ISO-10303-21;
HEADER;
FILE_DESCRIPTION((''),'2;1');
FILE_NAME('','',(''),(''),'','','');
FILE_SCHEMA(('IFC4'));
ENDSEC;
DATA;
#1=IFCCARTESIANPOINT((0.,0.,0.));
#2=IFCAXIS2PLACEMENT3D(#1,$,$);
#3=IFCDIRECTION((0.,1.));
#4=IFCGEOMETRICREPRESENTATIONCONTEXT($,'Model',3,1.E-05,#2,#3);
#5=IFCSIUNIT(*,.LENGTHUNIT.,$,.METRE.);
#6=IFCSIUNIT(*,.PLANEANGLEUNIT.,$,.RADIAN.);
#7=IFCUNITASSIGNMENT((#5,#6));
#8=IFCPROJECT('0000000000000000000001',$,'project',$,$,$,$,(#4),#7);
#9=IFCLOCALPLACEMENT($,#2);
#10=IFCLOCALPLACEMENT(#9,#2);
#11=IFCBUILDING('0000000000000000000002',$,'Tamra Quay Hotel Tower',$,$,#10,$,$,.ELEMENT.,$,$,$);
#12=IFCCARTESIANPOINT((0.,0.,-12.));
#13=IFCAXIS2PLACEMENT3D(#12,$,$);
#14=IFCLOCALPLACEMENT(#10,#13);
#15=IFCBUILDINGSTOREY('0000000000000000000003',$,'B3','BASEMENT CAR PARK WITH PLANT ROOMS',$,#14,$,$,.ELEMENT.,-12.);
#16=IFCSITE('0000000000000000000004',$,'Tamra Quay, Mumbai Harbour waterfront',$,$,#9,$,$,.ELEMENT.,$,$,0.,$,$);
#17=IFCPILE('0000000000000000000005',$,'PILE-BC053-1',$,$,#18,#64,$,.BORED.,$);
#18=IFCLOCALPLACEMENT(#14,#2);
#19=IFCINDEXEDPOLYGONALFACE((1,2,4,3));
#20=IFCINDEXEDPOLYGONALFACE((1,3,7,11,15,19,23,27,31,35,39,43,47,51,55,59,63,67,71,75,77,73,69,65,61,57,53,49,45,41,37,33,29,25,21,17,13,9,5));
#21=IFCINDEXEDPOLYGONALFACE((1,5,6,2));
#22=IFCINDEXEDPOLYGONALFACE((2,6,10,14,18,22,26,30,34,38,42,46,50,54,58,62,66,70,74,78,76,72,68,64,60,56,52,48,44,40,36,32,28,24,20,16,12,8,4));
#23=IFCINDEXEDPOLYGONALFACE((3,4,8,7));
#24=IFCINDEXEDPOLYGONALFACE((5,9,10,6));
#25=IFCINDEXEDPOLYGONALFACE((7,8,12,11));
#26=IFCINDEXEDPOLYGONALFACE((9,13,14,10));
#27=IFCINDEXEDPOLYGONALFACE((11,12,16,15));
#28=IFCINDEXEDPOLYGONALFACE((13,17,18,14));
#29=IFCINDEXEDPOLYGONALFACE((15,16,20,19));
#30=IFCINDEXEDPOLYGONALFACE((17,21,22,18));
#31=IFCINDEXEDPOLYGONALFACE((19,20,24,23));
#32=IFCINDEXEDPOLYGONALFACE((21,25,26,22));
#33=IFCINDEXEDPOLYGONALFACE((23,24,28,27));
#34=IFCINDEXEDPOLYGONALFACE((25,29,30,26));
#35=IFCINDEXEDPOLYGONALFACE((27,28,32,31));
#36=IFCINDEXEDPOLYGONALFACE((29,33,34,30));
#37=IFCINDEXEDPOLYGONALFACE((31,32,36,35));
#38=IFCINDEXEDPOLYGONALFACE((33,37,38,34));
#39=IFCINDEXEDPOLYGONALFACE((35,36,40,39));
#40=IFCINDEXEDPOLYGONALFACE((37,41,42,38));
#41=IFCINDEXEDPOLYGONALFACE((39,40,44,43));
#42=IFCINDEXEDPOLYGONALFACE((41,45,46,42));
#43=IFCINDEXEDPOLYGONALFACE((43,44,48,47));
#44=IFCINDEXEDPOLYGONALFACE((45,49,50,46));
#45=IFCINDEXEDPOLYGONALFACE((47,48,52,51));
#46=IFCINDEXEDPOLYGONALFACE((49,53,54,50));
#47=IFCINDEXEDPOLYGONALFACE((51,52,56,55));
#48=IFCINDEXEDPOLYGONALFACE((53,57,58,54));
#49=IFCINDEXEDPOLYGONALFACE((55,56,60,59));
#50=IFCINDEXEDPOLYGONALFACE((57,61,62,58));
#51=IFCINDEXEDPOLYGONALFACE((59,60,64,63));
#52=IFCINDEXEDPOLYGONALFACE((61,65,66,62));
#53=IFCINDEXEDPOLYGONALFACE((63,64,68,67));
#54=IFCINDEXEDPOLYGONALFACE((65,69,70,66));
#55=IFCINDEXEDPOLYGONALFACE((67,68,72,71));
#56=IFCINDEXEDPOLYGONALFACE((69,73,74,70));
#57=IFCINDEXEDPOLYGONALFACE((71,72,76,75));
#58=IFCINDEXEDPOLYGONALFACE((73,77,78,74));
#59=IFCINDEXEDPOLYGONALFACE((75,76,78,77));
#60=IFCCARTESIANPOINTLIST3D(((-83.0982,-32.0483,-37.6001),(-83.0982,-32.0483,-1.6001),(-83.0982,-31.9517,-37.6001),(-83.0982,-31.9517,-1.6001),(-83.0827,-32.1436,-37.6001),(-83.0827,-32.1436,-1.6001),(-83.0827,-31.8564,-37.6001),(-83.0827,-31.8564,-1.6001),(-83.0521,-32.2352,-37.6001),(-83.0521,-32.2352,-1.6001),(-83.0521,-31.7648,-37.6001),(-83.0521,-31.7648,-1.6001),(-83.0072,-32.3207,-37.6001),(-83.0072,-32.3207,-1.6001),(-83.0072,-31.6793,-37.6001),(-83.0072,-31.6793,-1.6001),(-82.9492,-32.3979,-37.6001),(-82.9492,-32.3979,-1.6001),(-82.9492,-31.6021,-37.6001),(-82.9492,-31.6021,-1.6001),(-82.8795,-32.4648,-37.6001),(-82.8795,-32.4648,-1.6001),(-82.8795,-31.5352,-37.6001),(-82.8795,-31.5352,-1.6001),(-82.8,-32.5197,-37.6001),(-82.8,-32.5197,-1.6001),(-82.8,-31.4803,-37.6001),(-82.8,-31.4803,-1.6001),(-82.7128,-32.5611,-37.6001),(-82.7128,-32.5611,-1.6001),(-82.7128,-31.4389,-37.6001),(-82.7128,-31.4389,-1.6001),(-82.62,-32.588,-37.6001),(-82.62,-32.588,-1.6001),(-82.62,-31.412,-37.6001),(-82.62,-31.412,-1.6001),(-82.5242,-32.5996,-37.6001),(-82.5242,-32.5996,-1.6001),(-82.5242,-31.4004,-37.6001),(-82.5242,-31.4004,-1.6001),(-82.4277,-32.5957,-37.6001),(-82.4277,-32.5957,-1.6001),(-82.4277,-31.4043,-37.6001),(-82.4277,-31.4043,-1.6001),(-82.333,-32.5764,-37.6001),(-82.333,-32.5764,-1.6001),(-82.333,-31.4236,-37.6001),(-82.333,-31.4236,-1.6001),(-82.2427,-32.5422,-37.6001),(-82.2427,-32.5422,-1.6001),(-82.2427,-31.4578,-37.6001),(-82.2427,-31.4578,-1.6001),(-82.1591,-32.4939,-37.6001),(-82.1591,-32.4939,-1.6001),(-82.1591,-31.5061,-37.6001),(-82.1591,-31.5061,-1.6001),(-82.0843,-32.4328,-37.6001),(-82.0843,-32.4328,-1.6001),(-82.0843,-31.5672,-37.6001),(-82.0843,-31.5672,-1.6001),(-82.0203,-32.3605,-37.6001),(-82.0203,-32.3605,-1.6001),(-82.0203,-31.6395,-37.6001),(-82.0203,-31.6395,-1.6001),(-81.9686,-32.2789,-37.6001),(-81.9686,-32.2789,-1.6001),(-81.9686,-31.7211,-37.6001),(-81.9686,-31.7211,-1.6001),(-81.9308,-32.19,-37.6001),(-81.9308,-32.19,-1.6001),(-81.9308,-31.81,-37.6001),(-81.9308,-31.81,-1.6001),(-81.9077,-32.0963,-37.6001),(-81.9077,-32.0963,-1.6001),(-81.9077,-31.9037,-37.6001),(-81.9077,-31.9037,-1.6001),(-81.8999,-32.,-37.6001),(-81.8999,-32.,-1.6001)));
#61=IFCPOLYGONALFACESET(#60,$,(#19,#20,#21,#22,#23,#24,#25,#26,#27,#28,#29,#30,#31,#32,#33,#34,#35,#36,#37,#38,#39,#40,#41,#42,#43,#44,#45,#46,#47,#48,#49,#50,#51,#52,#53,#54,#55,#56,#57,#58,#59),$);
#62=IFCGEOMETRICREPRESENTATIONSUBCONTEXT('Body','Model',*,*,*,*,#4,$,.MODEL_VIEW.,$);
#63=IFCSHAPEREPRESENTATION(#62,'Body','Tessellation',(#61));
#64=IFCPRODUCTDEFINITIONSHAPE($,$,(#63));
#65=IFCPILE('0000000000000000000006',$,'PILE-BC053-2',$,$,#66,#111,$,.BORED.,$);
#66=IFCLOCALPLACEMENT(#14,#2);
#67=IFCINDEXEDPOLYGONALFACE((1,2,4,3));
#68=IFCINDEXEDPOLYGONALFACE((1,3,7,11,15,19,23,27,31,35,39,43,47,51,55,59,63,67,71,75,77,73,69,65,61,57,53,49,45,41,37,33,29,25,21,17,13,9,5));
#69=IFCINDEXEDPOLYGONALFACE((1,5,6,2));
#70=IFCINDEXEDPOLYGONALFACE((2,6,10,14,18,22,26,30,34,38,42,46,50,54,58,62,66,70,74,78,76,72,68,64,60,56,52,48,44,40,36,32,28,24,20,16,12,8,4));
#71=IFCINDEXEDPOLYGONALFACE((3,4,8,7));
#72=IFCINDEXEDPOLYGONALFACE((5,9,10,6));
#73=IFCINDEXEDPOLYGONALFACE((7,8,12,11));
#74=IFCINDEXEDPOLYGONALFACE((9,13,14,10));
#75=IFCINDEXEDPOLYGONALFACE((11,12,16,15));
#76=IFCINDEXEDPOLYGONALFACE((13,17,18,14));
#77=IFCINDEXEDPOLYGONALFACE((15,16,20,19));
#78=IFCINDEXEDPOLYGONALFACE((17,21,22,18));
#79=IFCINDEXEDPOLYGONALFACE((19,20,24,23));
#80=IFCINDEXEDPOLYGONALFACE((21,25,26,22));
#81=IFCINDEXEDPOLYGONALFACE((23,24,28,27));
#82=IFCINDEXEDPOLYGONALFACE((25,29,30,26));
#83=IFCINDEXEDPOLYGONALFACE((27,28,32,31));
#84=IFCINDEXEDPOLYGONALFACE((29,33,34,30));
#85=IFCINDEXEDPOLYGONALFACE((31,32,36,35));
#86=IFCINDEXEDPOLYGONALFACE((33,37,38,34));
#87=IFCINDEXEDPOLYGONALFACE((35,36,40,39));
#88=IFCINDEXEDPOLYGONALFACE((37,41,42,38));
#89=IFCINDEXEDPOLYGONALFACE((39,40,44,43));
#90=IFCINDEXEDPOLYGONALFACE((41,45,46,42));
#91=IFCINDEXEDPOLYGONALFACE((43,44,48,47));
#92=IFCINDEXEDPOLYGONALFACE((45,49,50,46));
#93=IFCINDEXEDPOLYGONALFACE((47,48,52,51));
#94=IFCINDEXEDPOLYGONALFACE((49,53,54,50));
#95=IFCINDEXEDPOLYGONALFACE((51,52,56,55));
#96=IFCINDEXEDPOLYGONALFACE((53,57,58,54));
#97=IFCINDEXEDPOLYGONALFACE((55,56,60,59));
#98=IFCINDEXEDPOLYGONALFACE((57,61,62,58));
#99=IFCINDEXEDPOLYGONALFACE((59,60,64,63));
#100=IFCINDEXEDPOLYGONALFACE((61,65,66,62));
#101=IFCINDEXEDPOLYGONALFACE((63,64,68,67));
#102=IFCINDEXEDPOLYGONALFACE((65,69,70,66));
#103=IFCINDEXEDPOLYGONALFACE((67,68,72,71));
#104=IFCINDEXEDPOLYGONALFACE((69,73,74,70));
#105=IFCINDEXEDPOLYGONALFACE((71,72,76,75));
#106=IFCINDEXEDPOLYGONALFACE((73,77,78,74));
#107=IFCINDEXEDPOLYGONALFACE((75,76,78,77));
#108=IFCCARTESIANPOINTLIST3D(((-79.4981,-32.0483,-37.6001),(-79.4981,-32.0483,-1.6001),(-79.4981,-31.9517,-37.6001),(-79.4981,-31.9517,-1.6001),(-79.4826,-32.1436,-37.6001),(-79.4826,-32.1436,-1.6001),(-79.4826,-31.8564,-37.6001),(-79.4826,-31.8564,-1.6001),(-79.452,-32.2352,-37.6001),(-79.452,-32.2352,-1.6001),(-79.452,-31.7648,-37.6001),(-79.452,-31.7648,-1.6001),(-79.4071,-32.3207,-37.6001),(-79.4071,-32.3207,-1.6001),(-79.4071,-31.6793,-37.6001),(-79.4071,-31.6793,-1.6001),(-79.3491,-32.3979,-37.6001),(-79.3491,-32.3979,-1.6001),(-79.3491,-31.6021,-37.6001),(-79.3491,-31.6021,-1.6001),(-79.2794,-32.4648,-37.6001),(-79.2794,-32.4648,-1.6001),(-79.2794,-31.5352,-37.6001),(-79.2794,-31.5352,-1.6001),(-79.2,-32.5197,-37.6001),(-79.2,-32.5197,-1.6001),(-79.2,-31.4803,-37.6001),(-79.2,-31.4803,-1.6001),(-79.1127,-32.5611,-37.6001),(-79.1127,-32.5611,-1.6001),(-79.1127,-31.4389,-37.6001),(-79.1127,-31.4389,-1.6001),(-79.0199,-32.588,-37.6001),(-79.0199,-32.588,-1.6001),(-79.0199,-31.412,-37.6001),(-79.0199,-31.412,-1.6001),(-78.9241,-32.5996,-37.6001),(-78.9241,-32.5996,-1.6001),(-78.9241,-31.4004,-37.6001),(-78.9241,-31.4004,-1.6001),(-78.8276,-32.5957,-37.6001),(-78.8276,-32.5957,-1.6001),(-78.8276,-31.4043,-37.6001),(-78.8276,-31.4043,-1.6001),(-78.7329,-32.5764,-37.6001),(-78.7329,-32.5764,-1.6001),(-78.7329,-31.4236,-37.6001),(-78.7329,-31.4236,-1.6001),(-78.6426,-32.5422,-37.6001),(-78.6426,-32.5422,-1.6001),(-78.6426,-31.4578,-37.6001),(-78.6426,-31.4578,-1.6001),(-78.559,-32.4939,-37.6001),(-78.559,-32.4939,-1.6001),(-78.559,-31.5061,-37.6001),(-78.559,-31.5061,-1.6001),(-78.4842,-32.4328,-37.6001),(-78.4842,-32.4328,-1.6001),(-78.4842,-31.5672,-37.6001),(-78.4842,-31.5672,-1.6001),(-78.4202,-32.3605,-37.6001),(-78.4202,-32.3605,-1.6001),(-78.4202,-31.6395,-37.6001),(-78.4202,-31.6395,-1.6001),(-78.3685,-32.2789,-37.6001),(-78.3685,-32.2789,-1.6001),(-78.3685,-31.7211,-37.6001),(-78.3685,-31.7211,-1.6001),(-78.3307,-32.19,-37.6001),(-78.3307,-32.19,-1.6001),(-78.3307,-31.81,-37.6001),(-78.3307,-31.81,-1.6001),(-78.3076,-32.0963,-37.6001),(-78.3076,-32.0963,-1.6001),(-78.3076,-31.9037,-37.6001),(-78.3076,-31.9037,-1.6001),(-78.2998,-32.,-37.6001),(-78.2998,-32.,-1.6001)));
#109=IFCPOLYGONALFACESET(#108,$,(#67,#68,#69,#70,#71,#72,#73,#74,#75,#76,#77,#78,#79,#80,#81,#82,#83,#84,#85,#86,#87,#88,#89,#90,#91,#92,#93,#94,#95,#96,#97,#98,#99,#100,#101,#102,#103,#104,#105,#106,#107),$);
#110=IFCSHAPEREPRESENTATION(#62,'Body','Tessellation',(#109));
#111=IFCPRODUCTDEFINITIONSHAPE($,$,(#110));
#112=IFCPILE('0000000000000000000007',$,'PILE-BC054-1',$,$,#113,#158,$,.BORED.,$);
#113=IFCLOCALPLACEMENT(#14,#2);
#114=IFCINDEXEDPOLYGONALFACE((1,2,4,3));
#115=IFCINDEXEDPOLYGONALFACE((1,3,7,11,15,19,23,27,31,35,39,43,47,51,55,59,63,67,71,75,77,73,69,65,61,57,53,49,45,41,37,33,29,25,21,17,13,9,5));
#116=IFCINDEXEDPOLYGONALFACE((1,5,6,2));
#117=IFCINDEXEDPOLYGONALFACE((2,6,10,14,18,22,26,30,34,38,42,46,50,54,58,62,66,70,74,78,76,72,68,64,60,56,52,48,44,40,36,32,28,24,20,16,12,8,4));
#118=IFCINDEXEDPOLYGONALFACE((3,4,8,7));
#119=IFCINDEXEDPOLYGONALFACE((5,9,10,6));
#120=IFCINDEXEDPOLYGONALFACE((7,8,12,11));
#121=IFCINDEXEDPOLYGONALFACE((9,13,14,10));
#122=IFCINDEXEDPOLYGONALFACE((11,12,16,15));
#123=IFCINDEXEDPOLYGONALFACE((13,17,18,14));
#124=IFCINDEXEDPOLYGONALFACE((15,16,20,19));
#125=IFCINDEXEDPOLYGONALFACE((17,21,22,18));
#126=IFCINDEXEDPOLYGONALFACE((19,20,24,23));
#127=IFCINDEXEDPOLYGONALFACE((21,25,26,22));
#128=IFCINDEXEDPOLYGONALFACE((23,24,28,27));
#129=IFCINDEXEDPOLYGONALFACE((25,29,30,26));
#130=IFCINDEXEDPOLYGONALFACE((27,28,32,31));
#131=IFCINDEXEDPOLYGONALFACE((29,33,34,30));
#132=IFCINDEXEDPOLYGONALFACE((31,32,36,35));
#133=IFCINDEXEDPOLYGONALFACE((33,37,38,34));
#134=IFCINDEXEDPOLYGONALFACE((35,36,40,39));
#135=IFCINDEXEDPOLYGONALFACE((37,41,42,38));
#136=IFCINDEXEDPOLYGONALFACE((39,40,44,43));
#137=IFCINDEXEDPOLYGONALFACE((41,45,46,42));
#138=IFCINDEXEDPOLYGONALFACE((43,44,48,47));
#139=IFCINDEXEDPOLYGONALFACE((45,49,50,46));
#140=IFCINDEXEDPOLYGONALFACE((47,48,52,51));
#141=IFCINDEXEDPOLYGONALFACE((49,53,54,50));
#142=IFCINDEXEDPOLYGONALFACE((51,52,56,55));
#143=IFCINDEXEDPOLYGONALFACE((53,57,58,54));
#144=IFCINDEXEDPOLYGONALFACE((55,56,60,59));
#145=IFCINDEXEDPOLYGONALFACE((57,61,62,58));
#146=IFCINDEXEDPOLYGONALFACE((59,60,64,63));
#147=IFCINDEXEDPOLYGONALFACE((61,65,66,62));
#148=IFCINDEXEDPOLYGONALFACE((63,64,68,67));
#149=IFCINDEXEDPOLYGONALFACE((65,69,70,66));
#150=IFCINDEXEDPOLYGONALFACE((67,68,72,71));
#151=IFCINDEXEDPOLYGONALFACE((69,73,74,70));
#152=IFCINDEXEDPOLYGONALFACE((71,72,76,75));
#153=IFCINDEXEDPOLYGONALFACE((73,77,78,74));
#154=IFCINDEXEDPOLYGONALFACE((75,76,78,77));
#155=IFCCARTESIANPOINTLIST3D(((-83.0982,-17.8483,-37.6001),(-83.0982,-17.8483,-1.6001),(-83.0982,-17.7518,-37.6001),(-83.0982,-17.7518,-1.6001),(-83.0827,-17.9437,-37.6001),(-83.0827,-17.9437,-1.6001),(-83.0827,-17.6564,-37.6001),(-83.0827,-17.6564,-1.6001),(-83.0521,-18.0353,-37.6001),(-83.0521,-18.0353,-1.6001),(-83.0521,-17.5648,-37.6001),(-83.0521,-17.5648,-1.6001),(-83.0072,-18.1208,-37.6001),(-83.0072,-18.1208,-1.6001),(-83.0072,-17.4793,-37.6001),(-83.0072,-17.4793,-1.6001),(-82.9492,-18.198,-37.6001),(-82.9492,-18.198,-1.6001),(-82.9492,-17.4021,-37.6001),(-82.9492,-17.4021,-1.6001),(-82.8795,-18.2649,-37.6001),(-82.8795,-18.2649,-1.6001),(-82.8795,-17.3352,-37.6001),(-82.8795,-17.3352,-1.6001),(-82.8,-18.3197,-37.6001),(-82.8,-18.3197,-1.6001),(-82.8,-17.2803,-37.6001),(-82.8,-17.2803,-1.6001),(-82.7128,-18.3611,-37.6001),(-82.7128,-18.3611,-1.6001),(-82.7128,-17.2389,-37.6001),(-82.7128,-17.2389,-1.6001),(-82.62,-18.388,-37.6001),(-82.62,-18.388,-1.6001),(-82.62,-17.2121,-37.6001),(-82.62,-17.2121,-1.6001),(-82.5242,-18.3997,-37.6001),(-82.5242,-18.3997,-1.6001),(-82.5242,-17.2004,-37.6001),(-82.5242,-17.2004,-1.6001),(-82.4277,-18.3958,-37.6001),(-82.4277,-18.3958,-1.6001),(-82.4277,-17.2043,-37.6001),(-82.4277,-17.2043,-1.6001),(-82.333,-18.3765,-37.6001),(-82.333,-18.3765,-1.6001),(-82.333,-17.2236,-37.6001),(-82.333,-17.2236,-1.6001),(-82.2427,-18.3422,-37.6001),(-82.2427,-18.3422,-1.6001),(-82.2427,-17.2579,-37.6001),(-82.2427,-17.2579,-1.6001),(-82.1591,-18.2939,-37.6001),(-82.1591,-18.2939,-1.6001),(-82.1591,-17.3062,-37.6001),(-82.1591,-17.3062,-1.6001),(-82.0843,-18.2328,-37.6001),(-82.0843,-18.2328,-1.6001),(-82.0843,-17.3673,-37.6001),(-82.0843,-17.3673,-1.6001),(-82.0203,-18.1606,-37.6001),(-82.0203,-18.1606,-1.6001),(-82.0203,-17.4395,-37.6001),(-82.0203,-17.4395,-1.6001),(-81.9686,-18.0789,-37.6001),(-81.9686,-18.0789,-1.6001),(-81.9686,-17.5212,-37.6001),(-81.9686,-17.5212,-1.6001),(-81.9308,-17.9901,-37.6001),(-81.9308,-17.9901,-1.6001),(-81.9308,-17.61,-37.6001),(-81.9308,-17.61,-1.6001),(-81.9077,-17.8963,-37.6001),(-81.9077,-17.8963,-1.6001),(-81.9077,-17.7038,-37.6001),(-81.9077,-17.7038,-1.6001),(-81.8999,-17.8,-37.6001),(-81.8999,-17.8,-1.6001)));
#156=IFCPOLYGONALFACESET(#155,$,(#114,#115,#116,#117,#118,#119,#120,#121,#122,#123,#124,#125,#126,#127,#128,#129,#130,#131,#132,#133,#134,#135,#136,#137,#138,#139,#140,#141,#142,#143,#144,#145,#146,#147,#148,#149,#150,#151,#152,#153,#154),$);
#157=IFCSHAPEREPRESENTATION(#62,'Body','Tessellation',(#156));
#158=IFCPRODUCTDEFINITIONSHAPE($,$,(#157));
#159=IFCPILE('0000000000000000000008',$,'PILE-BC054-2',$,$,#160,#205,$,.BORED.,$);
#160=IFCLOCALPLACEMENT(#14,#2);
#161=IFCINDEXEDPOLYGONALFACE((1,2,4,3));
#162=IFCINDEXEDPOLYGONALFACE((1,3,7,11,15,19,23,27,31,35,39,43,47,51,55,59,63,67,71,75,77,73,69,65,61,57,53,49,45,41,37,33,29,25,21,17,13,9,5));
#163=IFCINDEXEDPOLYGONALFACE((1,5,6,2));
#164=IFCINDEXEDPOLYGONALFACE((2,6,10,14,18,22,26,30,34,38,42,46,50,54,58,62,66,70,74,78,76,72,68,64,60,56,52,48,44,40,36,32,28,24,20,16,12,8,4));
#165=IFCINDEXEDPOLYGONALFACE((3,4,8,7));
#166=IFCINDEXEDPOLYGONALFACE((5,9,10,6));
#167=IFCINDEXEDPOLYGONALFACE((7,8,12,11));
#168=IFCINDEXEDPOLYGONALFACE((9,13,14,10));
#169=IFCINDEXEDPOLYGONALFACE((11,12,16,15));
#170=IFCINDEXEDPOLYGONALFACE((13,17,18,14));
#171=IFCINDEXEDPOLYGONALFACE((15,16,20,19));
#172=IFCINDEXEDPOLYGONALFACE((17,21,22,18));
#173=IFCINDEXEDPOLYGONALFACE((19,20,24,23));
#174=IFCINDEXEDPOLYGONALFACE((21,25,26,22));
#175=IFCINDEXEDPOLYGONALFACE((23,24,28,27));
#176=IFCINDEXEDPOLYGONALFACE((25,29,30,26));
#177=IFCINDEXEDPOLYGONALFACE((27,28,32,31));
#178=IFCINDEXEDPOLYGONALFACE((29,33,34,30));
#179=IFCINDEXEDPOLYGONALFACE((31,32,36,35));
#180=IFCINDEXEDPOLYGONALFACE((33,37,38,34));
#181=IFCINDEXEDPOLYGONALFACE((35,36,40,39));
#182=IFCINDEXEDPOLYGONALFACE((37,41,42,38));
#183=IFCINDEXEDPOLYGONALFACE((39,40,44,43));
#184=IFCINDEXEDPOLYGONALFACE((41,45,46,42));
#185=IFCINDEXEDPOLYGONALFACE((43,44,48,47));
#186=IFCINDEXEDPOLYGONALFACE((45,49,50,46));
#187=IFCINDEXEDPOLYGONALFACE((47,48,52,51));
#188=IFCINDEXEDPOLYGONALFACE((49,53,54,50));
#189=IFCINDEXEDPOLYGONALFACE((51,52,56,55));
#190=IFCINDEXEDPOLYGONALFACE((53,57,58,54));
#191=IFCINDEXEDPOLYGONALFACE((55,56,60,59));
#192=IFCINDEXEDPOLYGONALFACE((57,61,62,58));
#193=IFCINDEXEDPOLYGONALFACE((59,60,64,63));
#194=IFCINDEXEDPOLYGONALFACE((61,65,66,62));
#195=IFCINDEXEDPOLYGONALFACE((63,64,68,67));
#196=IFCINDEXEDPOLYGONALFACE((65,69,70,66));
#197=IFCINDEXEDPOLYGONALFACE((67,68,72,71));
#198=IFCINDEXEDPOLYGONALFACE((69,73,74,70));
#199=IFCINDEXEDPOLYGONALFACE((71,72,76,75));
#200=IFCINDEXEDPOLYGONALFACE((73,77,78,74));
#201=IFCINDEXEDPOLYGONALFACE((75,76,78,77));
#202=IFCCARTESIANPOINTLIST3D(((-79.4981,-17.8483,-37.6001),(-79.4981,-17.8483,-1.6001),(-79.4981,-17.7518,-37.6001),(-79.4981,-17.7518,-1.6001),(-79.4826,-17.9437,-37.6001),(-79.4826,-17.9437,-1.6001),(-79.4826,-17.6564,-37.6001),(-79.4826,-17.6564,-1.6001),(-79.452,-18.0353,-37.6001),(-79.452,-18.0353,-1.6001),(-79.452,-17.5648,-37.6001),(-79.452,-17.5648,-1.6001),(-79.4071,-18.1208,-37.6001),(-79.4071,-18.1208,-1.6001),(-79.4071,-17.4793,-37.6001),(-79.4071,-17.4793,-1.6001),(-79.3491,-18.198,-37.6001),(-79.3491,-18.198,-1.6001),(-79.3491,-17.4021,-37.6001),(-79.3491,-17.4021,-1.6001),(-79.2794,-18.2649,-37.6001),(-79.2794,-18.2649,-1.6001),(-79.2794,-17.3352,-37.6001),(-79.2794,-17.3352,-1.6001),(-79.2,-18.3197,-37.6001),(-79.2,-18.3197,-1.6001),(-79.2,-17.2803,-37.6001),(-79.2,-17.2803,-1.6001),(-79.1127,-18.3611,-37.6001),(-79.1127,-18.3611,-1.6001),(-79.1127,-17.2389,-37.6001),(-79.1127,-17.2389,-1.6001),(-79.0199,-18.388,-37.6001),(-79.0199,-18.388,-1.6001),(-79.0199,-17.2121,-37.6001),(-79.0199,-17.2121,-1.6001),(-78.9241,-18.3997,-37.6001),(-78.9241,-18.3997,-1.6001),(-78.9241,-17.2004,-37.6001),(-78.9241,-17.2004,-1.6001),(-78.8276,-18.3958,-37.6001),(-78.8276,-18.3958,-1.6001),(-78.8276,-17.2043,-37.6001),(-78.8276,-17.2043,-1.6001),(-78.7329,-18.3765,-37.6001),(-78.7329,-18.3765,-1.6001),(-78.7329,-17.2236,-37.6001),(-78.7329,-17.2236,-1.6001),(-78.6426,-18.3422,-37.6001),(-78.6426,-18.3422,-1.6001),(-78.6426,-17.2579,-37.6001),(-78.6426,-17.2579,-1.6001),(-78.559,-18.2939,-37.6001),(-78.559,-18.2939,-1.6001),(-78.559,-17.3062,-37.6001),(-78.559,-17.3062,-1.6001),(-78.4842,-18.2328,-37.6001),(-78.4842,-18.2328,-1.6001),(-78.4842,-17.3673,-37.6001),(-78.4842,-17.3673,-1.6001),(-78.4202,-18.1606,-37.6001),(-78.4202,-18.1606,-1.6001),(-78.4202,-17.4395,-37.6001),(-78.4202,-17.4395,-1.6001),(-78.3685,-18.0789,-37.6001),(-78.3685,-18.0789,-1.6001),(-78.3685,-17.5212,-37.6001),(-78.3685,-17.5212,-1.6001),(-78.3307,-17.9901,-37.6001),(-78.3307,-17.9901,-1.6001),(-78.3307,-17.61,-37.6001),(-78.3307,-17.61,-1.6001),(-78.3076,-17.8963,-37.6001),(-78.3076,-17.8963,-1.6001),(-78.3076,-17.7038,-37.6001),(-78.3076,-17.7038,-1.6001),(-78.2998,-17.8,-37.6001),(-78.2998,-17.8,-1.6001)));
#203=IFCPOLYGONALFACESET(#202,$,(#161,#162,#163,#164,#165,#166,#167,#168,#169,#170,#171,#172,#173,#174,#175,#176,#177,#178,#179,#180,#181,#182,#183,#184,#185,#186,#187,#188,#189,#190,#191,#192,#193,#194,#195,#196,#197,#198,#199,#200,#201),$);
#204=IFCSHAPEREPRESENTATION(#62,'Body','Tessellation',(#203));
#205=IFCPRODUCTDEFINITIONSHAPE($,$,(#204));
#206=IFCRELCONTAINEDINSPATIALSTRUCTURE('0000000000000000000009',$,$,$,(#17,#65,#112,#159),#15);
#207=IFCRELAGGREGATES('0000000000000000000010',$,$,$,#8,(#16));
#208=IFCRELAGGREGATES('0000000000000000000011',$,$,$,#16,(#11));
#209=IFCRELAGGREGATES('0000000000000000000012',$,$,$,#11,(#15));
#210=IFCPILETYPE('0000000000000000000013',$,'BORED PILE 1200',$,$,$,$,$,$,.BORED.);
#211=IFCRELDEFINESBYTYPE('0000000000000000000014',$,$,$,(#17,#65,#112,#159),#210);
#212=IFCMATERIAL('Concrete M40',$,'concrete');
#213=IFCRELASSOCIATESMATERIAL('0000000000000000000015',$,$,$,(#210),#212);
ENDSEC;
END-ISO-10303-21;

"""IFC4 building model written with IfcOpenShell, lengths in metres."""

from ifc_helpers import new_model, si_unit, direction, frame, origin, origin_2d, place, context, subcontext, project, spatial, circle, extrude, material, material_profile, profile_set, type_object, element, save


model = new_model("IFC4")

# Units and contexts
model_context = context("Model", 3, precision=1e-05, world=origin(), true_north=direction((0.0, 1.0)))
body_context = subcontext(model_context, "Body", "Model", "MODEL_VIEW")
ifc_project = project(units=[si_unit("LENGTHUNIT", "METRE"), si_unit("PLANEANGLEUNIT", "RADIAN")], contexts=[model_context])

# Site, building, storey
site_placement = place(None, origin())
site = spatial("IfcSite", under=ifc_project, at=site_placement, Name="Tamra Quay, Mumbai Harbour waterfront", CompositionType="ELEMENT", RefElevation=0.0)
building_placement = place(site_placement, origin())
building = spatial("IfcBuilding", under=site, at=building_placement, Name="Tamra Quay Hotel Tower", CompositionType="ELEMENT")
storey_placement = place(building_placement, frame((0.0, 0.0, -12.0)))
storey = spatial("IfcBuildingStorey", under=building, at=storey_placement, Name="B3", Description="BASEMENT CAR PARK WITH PLANT ROOMS", CompositionType="ELEMENT", Elevation=-12.0)

# Piles
ifc_material_1 = material(Name="Concrete M40", Category="concrete")
ifc_material_profile_1 = material_profile(ifc_material_1, circle(Radius=0.6001, at=origin_2d()), Name="BORED PILE 1200")
ifc_profile_set_1 = profile_set([ifc_material_profile_1], Name="Concrete M40")
pile_type = type_object("IfcPileType", Name="BORED PILE 1200", PredefinedType="BORED", material=ifc_profile_set_1)
for number, where, z_axis, x_axis, name in (
    (1, (-82.5, -32.0, -1.6001), (0.0, 0.0, -1.0), (1.0, 0.0, 0.0), "PILE-BC053-1"),
    (2, (-78.8999, -32.0, -1.6001), (0.0, 0.0, -1.0), (1.0, 0.0, 0.0), "PILE-BC053-2"),
    (3, (-82.5, -17.8, -1.6001), (0.0, 0.0, -1.0), (1.0, 0.0, 0.0), "PILE-BC054-1"),
    (4, (-78.8999, -17.8, -1.6001), (0.0, 0.0, -1.0), (1.0, 0.0, 0.0), "PILE-BC054-2"),
):
    element("IfcPile", number, at=place(storey_placement, frame(where, z_axis=z_axis, x_axis=x_axis)), inside=storey, type_object=pile_type, Name=name, PredefinedType="BORED", context=body_context, shape_type="SweptSolid", body=[
        extrude(circle(Radius=0.6001, at=origin_2d()), origin(), (0.0, 0.0, 1.0), 36.0),
    ])

save(model, "model.ifc")
